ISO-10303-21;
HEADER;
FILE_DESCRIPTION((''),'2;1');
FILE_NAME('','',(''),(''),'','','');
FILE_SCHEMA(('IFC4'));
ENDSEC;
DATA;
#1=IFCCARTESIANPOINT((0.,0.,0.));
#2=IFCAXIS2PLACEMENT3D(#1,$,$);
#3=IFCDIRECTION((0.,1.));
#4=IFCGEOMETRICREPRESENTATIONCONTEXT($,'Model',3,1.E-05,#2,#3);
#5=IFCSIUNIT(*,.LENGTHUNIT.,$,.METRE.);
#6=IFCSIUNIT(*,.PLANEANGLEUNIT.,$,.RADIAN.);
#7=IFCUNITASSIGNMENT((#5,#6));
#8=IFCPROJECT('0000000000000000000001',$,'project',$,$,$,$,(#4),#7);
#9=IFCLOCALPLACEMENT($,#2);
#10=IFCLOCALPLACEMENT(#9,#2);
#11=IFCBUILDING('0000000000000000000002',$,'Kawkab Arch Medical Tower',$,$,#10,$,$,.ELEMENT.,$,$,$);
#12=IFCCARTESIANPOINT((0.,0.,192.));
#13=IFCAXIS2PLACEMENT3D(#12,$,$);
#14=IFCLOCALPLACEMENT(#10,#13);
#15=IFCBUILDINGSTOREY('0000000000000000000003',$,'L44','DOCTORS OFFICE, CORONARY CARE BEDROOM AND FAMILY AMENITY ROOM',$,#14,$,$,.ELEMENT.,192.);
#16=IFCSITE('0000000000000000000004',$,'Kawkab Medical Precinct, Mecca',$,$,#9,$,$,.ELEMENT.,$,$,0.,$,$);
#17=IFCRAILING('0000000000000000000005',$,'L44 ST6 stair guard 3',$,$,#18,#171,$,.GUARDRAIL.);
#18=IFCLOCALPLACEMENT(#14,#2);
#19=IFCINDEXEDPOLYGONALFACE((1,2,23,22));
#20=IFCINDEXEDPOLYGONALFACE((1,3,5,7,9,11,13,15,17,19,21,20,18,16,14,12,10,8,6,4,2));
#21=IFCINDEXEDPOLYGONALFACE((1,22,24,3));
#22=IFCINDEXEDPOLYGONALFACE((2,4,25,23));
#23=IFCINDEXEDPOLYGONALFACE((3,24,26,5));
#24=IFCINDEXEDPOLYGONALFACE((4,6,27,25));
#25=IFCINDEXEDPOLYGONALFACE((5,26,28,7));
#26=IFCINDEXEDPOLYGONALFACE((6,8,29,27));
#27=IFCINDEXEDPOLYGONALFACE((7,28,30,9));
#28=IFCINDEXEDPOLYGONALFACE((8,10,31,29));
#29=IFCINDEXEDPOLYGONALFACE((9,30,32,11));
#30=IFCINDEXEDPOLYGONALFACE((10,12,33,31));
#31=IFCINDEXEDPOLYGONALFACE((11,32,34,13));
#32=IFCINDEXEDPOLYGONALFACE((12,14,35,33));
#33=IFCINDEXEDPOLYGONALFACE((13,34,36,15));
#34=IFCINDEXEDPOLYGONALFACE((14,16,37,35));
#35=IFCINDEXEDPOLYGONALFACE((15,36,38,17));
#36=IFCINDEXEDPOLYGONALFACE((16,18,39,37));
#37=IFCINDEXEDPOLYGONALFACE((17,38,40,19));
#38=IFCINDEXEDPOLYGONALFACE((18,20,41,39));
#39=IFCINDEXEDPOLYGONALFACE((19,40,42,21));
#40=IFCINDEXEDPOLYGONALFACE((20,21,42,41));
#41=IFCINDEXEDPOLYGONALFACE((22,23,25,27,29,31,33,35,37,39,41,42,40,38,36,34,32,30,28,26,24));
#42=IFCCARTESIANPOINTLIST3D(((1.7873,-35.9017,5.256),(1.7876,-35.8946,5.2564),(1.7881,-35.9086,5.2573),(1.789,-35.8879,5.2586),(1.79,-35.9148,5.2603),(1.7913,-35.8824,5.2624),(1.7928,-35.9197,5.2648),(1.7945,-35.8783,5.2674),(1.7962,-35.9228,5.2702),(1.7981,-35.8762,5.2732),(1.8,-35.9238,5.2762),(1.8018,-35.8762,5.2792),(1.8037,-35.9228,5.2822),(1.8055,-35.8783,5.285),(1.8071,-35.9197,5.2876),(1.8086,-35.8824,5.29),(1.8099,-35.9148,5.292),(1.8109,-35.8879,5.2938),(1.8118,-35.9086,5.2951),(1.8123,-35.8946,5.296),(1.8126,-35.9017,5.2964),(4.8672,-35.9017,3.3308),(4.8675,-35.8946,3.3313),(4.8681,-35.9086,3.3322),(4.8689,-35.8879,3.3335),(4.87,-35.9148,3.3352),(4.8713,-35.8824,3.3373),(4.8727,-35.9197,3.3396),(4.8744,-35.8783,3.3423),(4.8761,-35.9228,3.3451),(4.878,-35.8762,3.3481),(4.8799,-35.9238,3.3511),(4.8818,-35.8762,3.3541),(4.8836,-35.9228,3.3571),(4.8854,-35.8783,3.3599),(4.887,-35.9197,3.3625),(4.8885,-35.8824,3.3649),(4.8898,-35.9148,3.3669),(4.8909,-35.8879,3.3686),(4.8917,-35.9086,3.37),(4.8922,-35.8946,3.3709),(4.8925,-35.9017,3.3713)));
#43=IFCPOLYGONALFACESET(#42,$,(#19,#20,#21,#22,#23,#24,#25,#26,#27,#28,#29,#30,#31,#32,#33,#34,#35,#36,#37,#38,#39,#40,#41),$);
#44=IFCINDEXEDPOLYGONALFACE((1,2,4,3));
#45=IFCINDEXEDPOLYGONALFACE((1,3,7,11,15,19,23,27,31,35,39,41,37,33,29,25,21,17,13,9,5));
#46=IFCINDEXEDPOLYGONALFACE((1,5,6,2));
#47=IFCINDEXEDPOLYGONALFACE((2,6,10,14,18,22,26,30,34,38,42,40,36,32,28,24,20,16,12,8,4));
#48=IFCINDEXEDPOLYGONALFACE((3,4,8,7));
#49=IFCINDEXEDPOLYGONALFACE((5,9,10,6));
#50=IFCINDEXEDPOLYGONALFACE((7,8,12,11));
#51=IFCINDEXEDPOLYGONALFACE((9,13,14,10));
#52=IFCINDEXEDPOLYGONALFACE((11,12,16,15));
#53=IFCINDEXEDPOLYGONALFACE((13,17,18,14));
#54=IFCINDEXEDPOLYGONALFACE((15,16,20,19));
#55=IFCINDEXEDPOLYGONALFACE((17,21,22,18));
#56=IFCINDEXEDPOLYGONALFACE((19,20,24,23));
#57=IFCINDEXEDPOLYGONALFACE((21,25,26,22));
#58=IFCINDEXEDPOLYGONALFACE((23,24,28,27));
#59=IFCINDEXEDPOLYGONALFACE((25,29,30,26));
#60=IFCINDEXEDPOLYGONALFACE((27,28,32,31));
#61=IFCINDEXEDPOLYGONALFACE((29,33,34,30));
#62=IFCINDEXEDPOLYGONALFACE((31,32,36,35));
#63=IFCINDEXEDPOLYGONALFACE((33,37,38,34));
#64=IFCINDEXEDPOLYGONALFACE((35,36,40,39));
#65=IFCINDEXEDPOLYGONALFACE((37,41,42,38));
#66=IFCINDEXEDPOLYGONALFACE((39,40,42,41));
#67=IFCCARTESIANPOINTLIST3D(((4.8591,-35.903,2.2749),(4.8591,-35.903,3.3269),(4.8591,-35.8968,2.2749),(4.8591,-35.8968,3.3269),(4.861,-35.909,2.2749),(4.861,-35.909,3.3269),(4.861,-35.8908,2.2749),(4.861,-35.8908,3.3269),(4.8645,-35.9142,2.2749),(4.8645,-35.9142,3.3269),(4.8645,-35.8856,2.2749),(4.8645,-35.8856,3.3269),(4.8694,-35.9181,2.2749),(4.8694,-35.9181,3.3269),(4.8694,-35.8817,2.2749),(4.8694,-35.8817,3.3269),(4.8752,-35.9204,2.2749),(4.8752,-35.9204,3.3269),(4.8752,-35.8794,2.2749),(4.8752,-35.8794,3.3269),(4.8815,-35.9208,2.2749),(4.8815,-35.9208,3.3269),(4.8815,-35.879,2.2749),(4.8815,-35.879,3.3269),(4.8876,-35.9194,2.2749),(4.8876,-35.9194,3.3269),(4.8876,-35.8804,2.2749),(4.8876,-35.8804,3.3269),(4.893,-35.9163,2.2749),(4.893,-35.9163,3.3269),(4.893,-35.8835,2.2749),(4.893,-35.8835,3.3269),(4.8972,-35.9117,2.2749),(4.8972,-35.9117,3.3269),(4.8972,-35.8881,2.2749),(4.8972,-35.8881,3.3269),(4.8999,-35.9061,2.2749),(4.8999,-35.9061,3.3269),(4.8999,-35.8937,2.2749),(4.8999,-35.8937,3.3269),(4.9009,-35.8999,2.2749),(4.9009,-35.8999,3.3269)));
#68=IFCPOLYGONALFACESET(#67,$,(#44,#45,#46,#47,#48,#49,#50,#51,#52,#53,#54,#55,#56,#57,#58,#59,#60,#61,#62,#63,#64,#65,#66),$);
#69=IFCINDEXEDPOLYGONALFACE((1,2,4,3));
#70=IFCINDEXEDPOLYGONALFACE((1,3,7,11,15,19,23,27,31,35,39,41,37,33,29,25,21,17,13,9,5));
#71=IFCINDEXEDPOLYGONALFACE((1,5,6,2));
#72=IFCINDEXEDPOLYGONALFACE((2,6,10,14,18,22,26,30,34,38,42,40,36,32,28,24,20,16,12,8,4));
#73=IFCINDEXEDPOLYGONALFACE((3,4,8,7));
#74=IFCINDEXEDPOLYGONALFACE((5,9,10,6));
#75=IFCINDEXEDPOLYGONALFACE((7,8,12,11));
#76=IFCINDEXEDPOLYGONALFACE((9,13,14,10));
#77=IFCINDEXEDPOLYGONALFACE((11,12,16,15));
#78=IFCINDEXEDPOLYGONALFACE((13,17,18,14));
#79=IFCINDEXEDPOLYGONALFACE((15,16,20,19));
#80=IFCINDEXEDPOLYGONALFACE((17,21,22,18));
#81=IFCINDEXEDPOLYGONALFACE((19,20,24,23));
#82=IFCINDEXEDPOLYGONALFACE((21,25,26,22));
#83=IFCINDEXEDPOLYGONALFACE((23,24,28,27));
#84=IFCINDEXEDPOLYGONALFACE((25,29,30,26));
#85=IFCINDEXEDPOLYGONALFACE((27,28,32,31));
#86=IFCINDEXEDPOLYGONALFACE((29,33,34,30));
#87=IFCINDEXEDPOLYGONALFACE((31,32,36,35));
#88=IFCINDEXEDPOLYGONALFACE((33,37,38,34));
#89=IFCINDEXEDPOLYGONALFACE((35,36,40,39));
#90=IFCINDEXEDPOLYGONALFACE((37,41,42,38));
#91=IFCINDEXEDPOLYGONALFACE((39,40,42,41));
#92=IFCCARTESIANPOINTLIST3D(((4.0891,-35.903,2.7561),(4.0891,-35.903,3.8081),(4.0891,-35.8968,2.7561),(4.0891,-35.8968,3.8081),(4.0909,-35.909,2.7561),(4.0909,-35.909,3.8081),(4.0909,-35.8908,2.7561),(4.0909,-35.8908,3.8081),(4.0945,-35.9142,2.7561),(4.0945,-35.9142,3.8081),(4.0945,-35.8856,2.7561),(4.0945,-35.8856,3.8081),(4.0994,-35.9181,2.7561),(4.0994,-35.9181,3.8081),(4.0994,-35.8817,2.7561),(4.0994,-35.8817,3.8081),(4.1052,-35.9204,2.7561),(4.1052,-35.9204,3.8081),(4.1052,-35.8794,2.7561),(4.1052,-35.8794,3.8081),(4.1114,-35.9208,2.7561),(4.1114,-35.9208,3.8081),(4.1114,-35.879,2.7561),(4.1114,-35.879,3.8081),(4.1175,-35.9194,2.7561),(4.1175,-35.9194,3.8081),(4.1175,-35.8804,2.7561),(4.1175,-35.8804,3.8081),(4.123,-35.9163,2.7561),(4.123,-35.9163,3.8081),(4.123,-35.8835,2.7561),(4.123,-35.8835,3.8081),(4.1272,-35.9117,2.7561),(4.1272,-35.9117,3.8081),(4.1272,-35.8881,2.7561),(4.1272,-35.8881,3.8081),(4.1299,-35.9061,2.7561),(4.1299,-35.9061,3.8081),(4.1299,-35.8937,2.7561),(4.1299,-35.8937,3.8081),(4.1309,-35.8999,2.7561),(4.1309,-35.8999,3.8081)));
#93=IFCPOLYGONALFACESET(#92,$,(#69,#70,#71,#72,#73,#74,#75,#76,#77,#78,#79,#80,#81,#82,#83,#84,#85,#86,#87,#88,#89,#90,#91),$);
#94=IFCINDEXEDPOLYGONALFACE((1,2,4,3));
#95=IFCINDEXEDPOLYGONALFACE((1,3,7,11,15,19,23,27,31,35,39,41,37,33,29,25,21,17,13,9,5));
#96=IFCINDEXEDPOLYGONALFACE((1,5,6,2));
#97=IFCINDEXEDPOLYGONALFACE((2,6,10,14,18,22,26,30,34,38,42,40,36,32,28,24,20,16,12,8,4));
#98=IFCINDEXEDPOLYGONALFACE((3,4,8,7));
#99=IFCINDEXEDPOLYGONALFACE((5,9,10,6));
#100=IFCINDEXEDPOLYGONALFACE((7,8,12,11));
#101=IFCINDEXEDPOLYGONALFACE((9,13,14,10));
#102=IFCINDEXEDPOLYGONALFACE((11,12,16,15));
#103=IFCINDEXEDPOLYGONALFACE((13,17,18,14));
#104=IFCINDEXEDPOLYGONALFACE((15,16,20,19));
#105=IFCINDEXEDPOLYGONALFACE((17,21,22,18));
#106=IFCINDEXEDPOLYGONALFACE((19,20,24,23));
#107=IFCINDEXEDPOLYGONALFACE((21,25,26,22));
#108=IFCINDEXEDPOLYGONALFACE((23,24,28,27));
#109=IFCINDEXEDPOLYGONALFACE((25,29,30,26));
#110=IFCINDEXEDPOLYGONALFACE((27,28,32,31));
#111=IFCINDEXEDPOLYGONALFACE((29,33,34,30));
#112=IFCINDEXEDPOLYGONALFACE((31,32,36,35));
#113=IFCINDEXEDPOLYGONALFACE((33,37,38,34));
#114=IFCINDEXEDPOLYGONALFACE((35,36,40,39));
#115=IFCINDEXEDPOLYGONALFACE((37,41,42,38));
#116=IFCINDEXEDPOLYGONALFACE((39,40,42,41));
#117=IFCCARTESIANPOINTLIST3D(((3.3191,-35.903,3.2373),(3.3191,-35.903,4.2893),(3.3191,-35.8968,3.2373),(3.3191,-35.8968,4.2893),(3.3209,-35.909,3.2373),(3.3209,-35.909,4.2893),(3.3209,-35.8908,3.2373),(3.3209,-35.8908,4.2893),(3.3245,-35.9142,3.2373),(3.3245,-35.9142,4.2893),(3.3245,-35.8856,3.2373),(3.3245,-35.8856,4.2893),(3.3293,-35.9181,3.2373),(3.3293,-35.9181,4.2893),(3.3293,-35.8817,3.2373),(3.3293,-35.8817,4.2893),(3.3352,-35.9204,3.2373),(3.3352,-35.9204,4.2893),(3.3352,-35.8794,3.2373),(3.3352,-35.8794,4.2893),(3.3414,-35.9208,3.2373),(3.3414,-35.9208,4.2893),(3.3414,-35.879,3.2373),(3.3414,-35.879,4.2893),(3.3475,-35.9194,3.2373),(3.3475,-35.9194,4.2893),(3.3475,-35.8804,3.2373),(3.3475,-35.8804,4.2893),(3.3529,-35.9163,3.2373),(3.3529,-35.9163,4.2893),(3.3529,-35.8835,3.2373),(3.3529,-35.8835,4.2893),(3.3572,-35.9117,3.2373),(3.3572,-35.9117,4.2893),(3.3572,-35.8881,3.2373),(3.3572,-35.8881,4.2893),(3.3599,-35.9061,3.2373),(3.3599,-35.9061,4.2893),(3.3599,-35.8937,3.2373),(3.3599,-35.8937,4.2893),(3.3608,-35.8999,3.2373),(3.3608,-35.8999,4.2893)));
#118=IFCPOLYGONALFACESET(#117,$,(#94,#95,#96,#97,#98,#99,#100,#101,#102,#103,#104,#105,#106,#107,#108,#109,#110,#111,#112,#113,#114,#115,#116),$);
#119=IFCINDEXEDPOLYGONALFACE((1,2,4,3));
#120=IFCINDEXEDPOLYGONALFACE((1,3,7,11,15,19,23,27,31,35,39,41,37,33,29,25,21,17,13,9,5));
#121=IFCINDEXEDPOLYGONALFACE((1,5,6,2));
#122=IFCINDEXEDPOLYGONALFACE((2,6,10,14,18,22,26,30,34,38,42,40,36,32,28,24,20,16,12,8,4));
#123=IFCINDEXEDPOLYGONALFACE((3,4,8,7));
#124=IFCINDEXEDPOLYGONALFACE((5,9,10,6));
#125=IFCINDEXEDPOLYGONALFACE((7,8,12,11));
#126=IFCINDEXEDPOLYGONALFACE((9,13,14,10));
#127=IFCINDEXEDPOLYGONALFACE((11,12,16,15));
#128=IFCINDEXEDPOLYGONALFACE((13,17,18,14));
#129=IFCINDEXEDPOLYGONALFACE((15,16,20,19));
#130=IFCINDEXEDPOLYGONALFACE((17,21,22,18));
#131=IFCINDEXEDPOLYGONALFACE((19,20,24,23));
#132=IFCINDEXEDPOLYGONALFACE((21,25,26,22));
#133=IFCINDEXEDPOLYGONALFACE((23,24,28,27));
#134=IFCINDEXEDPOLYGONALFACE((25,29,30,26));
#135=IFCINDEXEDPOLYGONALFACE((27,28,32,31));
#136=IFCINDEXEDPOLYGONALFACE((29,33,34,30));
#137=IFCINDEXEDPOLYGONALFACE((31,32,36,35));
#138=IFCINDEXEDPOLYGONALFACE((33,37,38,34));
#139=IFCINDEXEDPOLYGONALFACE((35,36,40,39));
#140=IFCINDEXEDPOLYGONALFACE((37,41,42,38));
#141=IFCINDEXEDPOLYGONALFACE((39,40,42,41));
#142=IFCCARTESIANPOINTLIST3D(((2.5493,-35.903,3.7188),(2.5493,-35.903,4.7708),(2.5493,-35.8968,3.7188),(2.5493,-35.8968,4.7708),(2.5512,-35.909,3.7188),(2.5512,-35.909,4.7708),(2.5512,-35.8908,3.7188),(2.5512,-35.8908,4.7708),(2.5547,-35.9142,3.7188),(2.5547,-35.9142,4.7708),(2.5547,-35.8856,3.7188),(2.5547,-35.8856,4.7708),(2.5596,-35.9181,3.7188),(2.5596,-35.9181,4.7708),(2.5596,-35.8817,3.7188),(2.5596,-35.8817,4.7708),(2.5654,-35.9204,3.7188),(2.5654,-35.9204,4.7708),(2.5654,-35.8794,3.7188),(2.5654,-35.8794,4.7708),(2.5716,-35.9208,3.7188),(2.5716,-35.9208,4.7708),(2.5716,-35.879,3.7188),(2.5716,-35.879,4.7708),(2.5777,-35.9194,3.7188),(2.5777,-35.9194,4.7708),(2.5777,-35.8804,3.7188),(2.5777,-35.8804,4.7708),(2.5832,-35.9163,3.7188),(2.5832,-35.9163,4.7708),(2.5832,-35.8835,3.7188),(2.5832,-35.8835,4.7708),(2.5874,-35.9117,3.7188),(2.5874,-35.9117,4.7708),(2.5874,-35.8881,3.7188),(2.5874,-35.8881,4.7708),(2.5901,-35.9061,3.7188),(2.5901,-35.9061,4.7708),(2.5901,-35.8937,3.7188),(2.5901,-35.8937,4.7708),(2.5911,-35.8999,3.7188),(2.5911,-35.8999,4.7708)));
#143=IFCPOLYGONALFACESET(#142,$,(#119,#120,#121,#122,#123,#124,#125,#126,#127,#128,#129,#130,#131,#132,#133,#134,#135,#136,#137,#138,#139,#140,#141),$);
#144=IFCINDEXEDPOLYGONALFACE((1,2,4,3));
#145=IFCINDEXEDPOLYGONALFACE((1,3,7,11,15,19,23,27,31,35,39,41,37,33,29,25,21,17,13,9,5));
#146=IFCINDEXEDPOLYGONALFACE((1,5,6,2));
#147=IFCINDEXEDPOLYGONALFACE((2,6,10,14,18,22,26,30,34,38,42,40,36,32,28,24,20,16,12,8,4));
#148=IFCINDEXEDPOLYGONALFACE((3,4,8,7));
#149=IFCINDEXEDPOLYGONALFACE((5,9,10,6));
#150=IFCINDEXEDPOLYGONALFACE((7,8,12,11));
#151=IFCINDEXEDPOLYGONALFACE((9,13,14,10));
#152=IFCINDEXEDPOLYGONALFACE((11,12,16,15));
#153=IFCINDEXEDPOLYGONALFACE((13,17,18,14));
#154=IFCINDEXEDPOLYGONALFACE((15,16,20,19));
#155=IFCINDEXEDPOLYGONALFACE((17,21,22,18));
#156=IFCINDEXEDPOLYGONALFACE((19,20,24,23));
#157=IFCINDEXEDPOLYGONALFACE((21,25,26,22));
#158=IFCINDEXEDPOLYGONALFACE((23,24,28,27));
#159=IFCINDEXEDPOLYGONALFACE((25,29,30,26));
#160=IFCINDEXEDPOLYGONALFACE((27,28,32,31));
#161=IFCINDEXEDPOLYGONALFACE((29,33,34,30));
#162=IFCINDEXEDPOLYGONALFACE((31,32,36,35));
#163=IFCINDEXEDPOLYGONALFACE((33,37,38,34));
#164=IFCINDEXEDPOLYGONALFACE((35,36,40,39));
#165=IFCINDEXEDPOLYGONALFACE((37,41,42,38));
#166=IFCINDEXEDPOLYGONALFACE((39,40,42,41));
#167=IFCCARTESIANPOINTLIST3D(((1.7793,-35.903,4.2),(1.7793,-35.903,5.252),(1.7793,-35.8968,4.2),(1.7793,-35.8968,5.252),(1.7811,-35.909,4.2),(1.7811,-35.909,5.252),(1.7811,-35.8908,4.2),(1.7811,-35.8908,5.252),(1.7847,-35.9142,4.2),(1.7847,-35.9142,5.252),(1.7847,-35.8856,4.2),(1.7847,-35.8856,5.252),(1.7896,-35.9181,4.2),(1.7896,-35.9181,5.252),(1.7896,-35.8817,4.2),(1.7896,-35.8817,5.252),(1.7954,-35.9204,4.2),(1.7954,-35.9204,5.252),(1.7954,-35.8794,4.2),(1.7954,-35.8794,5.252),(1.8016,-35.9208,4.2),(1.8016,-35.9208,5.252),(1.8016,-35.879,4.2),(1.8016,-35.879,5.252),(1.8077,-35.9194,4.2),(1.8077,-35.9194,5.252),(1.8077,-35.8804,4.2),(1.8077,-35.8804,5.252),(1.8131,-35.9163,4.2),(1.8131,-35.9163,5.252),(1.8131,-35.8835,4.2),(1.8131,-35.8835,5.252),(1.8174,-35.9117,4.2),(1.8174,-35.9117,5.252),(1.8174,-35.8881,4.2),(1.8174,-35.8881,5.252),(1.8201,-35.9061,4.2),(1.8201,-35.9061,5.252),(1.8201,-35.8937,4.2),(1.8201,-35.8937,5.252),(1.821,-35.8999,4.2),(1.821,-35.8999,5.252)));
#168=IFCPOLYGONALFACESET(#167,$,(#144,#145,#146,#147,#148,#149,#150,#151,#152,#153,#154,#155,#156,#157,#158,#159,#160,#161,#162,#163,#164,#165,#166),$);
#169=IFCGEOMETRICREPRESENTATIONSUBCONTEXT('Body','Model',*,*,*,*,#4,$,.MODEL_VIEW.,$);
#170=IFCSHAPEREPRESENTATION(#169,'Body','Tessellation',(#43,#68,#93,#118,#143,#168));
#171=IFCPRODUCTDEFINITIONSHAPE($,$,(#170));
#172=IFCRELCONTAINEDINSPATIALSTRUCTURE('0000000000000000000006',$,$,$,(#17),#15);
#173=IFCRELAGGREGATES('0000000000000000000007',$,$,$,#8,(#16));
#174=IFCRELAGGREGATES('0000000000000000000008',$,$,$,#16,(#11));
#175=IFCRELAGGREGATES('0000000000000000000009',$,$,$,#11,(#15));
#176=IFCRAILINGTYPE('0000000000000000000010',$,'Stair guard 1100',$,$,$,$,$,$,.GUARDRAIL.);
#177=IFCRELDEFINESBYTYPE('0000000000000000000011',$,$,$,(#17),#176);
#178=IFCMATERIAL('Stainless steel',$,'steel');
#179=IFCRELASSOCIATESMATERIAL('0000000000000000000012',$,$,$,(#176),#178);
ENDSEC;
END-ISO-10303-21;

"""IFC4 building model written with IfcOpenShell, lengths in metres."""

from ifc_helpers import new_model, si_unit, direction, frame, origin, origin_2d, place, context, subcontext, project, spatial, circle, extrude, material, type_object, element, save


model = new_model("IFC4")

# Units and contexts
model_context = context("Model", 3, precision=1e-05, world=origin(), true_north=direction((0.0, 1.0)))
body_context = subcontext(model_context, "Body", "Model", "MODEL_VIEW")
ifc_project = project(units=[si_unit("LENGTHUNIT", "METRE"), si_unit("PLANEANGLEUNIT", "RADIAN")], contexts=[model_context])

# Site, building, storey
site_placement = place(None, origin())
site = spatial("IfcSite", under=ifc_project, at=site_placement, Name="Kawkab Medical Precinct, Mecca", CompositionType="ELEMENT", RefElevation=0.0)
building_placement = place(site_placement, origin())
building = spatial("IfcBuilding", under=site, at=building_placement, Name="Kawkab Arch Medical Tower", CompositionType="ELEMENT")
storey_placement = place(building_placement, frame((0.0, 0.0, 192.0)))
storey = spatial("IfcBuildingStorey", under=building, at=storey_placement, Name="L44", Description="DOCTORS OFFICE, CORONARY CARE BEDROOM AND FAMILY AMENITY ROOM", CompositionType="ELEMENT", Elevation=192.0)

# Railing
ifc_material_1 = material(Name="Stainless steel", Category="steel")
railing_type = type_object("IfcRailingType", Name="Stair guard 1100", PredefinedType="GUARDRAIL", material=ifc_material_1)
railing_1_placement = place(storey_placement, frame((4.8799, -35.8999, 2.2749)))
element("IfcRailing", 1, at=railing_1_placement, inside=storey, type_object=railing_type, Name="L44 ST6 stair guard 3", PredefinedType="GUARDRAIL", context=body_context, shape_type="SweptSolid", body=[
    extrude(circle(Radius=0.0239, at=origin_2d()), frame((0.0, 0.0, 1.0762), z_axis=(-0.847979, 0.0, 0.530029), x_axis=(0.0, -1.0, 0.0)), (0.0, 0.0, 1.0), 3.6321),
    extrude(circle(Radius=0.021, at=origin_2d()), origin(), (0.0, 0.0, 1.0), 1.052),
    extrude(circle(Radius=0.021, at=origin_2d()), frame((-0.77, 0.0, 0.4812)), (0.0, 0.0, 1.0), 1.052),
    extrude(circle(Radius=0.021, at=origin_2d()), frame((-1.54, 0.0, 0.9624)), (0.0, 0.0, 1.0), 1.052),
    extrude(circle(Radius=0.021, at=origin_2d()), frame((-2.3098, 0.0, 1.4438)), (0.0, 0.0, 1.0), 1.052),
    extrude(circle(Radius=0.021, at=origin_2d()), frame((-3.0798, 0.0, 1.925)), (0.0, 0.0, 1.0), 1.052),
])

save(model, "model.ifc")
